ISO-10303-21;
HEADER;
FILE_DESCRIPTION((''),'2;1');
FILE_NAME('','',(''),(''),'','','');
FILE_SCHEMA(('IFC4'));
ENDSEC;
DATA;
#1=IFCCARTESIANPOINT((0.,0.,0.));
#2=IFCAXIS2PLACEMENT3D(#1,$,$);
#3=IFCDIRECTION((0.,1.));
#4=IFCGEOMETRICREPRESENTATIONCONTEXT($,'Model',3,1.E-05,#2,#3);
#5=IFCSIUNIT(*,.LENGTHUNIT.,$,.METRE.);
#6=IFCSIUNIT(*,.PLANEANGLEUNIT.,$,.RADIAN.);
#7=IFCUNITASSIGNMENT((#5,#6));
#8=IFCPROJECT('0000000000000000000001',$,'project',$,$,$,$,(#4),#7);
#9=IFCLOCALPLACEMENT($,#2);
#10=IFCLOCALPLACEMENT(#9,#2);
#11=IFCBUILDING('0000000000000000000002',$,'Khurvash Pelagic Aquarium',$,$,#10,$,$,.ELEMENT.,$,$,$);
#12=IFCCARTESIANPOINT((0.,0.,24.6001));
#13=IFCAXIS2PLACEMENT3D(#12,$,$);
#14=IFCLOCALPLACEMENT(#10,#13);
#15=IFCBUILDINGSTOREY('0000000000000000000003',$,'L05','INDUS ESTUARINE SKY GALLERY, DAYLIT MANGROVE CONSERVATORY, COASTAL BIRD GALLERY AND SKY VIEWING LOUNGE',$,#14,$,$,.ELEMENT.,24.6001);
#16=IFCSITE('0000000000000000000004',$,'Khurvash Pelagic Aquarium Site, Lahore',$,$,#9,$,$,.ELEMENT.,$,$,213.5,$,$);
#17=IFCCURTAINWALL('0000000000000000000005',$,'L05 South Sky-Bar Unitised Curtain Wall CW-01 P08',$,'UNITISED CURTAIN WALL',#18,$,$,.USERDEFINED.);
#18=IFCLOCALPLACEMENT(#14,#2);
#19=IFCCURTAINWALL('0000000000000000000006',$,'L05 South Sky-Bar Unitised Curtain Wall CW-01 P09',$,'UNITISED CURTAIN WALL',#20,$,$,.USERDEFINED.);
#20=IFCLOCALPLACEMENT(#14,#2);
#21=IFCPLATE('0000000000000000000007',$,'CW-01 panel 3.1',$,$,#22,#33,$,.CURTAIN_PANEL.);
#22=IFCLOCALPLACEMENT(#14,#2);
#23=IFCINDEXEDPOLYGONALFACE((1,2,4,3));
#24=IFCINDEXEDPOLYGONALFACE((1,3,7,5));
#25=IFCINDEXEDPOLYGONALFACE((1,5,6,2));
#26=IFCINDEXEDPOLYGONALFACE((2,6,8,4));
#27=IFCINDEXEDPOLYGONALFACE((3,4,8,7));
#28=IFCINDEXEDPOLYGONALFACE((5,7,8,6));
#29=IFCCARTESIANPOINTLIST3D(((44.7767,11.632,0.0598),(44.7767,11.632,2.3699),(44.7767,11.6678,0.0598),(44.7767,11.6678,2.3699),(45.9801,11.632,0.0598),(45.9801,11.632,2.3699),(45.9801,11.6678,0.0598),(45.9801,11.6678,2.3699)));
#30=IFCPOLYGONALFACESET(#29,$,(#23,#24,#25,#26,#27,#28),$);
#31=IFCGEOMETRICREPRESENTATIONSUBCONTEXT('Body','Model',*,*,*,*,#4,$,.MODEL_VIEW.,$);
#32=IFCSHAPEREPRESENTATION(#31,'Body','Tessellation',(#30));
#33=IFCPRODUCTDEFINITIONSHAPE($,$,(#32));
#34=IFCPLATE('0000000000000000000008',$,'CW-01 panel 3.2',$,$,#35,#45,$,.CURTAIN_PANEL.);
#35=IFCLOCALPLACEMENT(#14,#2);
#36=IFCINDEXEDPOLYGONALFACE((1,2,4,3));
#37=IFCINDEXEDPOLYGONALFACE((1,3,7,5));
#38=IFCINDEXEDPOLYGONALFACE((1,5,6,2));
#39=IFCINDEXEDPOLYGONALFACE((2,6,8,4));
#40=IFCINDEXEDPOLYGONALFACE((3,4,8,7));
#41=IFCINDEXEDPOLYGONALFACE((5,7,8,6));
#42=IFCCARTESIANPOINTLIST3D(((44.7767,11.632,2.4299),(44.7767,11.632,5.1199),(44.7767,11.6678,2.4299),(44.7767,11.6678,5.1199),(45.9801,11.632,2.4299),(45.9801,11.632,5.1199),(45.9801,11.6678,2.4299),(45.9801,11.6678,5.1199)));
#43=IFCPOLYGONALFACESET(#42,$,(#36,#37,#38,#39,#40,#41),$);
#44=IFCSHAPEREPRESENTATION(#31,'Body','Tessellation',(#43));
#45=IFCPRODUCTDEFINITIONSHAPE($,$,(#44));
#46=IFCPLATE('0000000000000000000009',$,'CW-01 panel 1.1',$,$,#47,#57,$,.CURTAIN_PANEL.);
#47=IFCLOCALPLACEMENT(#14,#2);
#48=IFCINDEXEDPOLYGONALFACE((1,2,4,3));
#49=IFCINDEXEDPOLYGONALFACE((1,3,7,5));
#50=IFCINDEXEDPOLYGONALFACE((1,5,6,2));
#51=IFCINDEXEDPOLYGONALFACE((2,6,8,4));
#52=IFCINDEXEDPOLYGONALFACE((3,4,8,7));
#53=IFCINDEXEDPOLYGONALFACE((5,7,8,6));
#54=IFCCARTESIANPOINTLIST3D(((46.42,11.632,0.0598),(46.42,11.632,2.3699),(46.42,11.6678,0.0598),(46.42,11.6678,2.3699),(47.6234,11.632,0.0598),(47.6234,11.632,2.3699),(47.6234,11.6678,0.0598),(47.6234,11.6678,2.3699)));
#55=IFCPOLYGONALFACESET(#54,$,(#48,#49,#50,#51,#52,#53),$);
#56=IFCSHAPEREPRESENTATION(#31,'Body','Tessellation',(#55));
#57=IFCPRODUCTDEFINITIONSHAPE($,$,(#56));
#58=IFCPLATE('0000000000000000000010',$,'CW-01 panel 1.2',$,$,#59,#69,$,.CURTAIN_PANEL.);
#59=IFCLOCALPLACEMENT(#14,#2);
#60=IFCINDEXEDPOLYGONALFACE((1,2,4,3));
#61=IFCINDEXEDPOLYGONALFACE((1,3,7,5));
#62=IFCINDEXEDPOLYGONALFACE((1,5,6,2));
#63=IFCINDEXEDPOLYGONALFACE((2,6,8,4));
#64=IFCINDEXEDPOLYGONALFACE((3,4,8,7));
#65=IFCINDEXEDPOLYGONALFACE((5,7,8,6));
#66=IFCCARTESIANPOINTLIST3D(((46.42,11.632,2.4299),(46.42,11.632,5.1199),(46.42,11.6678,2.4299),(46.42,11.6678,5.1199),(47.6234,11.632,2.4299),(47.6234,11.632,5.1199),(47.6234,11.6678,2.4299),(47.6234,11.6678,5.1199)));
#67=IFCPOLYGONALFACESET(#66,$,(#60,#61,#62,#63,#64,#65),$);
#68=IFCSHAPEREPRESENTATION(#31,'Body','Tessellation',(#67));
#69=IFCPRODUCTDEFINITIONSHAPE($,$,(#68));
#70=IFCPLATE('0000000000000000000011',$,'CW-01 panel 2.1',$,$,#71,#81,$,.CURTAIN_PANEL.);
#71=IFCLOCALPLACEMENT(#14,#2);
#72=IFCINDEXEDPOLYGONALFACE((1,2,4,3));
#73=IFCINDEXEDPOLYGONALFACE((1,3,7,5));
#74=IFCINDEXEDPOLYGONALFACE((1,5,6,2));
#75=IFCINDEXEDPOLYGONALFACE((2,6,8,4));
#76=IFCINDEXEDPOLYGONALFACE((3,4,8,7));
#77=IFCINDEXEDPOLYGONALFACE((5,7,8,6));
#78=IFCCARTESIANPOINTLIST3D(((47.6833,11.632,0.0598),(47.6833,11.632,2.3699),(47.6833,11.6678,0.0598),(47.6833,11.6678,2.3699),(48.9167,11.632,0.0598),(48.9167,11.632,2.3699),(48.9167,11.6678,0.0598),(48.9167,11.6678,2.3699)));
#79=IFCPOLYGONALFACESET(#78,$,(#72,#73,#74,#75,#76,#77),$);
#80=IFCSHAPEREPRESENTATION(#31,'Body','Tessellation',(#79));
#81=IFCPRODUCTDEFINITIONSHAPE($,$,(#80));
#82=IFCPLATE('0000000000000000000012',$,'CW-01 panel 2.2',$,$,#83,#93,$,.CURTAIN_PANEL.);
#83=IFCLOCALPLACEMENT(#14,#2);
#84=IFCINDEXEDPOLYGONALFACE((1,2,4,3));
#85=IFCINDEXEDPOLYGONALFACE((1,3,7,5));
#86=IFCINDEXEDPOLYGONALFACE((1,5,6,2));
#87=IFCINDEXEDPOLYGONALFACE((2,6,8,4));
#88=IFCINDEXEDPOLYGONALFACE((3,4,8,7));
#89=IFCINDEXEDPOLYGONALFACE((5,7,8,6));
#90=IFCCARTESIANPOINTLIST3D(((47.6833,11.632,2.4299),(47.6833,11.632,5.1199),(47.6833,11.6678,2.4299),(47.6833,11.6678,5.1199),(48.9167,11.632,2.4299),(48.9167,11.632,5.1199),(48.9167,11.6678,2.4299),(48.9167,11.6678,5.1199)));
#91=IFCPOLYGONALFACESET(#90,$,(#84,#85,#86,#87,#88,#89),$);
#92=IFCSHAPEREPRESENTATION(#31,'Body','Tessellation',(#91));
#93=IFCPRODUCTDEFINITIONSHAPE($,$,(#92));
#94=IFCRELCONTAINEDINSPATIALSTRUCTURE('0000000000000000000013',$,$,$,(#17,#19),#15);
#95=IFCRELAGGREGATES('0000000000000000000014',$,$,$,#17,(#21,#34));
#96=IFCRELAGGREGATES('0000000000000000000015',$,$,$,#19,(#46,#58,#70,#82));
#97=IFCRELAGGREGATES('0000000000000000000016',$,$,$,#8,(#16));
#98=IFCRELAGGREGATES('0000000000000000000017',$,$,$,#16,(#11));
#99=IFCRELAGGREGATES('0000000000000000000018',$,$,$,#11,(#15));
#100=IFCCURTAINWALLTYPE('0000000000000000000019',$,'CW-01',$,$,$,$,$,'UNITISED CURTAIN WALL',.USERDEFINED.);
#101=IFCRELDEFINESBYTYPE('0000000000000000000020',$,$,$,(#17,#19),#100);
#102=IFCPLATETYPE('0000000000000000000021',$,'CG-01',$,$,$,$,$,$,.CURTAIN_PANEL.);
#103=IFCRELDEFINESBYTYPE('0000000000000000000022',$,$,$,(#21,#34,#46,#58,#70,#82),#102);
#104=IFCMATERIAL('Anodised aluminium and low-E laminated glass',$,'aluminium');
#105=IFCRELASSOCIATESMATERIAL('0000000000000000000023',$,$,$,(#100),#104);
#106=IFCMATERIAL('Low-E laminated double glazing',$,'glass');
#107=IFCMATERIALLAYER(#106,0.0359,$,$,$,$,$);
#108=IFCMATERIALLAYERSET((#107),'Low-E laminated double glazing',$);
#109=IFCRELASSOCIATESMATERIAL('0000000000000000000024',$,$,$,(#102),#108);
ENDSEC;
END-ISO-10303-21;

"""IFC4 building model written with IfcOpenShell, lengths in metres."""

from ifc_helpers import new_model, si_unit, direction, frame, origin, origin_2d, place, context, subcontext, project, spatial, rectangle, extrude, material, layer, layer_set, type_object, element, aggregate, save


model = new_model("IFC4")

# Units and contexts
model_context = context("Model", 3, precision=1e-05, world=origin(), true_north=direction((0.0, 1.0)))
body_context = subcontext(model_context, "Body", "Model", "MODEL_VIEW")
ifc_project = project(units=[si_unit("LENGTHUNIT", "METRE"), si_unit("PLANEANGLEUNIT", "RADIAN")], contexts=[model_context])

# Site, building, storey
site_placement = place(None, origin())
site = spatial("IfcSite", under=ifc_project, at=site_placement, Name="Khurvash Pelagic Aquarium Site, Lahore", CompositionType="ELEMENT", RefElevation=213.5)
building_placement = place(site_placement, origin())
building = spatial("IfcBuilding", under=site, at=building_placement, Name="Khurvash Pelagic Aquarium", CompositionType="ELEMENT")
storey_placement = place(building_placement, frame((0.0, 0.0, 24.6001)))
storey = spatial("IfcBuildingStorey", under=building, at=storey_placement, Name="L05", Description="INDUS ESTUARINE SKY GALLERY, DAYLIT MANGROVE CONSERVATORY, COASTAL BIRD GALLERY AND SKY VIEWING LOUNGE", CompositionType="ELEMENT", Elevation=24.6001)

# Curtain walls
ifc_material_1 = material(Name="Anodised aluminium and low-E laminated glass", Category="aluminium")
curtain_wall_type = type_object("IfcCurtainWallType", Name="CW-01", ElementType="UNITISED CURTAIN WALL", PredefinedType="USERDEFINED", material=ifc_material_1)
curtain_wall_1_placement = place(storey_placement, origin())
curtain_wall_1 = element("IfcCurtainWall", 1, at=curtain_wall_1_placement, inside=storey, type_object=curtain_wall_type, Name="L05 South Sky-Bar Unitised Curtain Wall CW-01 P08", ObjectType="UNITISED CURTAIN WALL", PredefinedType="USERDEFINED")
curtain_wall_2_placement = place(storey_placement, origin())
curtain_wall_2 = element("IfcCurtainWall", 2, at=curtain_wall_2_placement, inside=storey, type_object=curtain_wall_type, Name="L05 South Sky-Bar Unitised Curtain Wall CW-01 P09", ObjectType="UNITISED CURTAIN WALL", PredefinedType="USERDEFINED")

# Plates
ifc_material_2 = material(Name="Low-E laminated double glazing", Category="glass")
ifc_layer = layer(ifc_material_2, 0.0359)
ifc_layer_set = layer_set([ifc_layer], Name="Low-E laminated double glazing")
plate_type = type_object("IfcPlateType", Name="CG-01", PredefinedType="CURTAIN_PANEL", material=ifc_layer_set)
plate_1_placement = place(storey_placement, frame((45.3784, 11.6499, 0.0598), z_axis=(0.0, 0.0, 1.0), x_axis=(1.0, 0.0, 0.0)))
plate_1 = element("IfcPlate", 3, at=plate_1_placement, type_object=plate_type, Name="CW-01 panel 3.1", PredefinedType="CURTAIN_PANEL", context=body_context, shape_type="SweptSolid", body=[
    extrude(rectangle(XDim=1.2034, YDim=0.0359, at=origin_2d()), origin(), (0.0, 0.0, 1.0), 2.3101),
])
plate_2_placement = place(storey_placement, frame((45.3784, 11.6499, 2.4299), z_axis=(0.0, 0.0, 1.0), x_axis=(1.0, 0.0, 0.0)))
plate_2 = element("IfcPlate", 4, at=plate_2_placement, type_object=plate_type, Name="CW-01 panel 3.2", PredefinedType="CURTAIN_PANEL", context=body_context, shape_type="SweptSolid", body=[
    extrude(rectangle(XDim=1.2034, YDim=0.0359, at=origin_2d()), origin(), (0.0, 0.0, 1.0), 2.6899),
])
aggregate(curtain_wall_1, [plate_1, plate_2])
plate_3_placement = place(storey_placement, frame((47.0217, 11.6499, 0.0598), z_axis=(0.0, 0.0, 1.0), x_axis=(1.0, 0.0, 0.0)))
plate_3 = element("IfcPlate", 5, at=plate_3_placement, type_object=plate_type, Name="CW-01 panel 1.1", PredefinedType="CURTAIN_PANEL", context=body_context, shape_type="SweptSolid", body=[
    extrude(rectangle(XDim=1.2034, YDim=0.0359, at=origin_2d()), origin(), (0.0, 0.0, 1.0), 2.3101),
])
plate_4_placement = place(storey_placement, frame((47.0217, 11.6499, 2.4299), z_axis=(0.0, 0.0, 1.0), x_axis=(1.0, 0.0, 0.0)))
plate_4 = element("IfcPlate", 6, at=plate_4_placement, type_object=plate_type, Name="CW-01 panel 1.2", PredefinedType="CURTAIN_PANEL", context=body_context, shape_type="SweptSolid", body=[
    extrude(rectangle(XDim=1.2034, YDim=0.0359, at=origin_2d()), origin(), (0.0, 0.0, 1.0), 2.6899),
])
plate_5_placement = place(storey_placement, frame((48.3, 11.6499, 0.0598), z_axis=(0.0, 0.0, 1.0), x_axis=(1.0, 0.0, 0.0)))
plate_5 = element("IfcPlate", 7, at=plate_5_placement, type_object=plate_type, Name="CW-01 panel 2.1", PredefinedType="CURTAIN_PANEL", context=body_context, shape_type="SweptSolid", body=[
    extrude(rectangle(XDim=1.2334, YDim=0.0359, at=origin_2d()), origin(), (0.0, 0.0, 1.0), 2.3101),
])
plate_6_placement = place(storey_placement, frame((48.3, 11.6499, 2.4299), z_axis=(0.0, 0.0, 1.0), x_axis=(1.0, 0.0, 0.0)))
plate_6 = element("IfcPlate", 8, at=plate_6_placement, type_object=plate_type, Name="CW-01 panel 2.2", PredefinedType="CURTAIN_PANEL", context=body_context, shape_type="SweptSolid", body=[
    extrude(rectangle(XDim=1.2334, YDim=0.0359, at=origin_2d()), origin(), (0.0, 0.0, 1.0), 2.6899),
])
aggregate(curtain_wall_2, [plate_3, plate_4, plate_5, plate_6])

save(model, "model.ifc")
